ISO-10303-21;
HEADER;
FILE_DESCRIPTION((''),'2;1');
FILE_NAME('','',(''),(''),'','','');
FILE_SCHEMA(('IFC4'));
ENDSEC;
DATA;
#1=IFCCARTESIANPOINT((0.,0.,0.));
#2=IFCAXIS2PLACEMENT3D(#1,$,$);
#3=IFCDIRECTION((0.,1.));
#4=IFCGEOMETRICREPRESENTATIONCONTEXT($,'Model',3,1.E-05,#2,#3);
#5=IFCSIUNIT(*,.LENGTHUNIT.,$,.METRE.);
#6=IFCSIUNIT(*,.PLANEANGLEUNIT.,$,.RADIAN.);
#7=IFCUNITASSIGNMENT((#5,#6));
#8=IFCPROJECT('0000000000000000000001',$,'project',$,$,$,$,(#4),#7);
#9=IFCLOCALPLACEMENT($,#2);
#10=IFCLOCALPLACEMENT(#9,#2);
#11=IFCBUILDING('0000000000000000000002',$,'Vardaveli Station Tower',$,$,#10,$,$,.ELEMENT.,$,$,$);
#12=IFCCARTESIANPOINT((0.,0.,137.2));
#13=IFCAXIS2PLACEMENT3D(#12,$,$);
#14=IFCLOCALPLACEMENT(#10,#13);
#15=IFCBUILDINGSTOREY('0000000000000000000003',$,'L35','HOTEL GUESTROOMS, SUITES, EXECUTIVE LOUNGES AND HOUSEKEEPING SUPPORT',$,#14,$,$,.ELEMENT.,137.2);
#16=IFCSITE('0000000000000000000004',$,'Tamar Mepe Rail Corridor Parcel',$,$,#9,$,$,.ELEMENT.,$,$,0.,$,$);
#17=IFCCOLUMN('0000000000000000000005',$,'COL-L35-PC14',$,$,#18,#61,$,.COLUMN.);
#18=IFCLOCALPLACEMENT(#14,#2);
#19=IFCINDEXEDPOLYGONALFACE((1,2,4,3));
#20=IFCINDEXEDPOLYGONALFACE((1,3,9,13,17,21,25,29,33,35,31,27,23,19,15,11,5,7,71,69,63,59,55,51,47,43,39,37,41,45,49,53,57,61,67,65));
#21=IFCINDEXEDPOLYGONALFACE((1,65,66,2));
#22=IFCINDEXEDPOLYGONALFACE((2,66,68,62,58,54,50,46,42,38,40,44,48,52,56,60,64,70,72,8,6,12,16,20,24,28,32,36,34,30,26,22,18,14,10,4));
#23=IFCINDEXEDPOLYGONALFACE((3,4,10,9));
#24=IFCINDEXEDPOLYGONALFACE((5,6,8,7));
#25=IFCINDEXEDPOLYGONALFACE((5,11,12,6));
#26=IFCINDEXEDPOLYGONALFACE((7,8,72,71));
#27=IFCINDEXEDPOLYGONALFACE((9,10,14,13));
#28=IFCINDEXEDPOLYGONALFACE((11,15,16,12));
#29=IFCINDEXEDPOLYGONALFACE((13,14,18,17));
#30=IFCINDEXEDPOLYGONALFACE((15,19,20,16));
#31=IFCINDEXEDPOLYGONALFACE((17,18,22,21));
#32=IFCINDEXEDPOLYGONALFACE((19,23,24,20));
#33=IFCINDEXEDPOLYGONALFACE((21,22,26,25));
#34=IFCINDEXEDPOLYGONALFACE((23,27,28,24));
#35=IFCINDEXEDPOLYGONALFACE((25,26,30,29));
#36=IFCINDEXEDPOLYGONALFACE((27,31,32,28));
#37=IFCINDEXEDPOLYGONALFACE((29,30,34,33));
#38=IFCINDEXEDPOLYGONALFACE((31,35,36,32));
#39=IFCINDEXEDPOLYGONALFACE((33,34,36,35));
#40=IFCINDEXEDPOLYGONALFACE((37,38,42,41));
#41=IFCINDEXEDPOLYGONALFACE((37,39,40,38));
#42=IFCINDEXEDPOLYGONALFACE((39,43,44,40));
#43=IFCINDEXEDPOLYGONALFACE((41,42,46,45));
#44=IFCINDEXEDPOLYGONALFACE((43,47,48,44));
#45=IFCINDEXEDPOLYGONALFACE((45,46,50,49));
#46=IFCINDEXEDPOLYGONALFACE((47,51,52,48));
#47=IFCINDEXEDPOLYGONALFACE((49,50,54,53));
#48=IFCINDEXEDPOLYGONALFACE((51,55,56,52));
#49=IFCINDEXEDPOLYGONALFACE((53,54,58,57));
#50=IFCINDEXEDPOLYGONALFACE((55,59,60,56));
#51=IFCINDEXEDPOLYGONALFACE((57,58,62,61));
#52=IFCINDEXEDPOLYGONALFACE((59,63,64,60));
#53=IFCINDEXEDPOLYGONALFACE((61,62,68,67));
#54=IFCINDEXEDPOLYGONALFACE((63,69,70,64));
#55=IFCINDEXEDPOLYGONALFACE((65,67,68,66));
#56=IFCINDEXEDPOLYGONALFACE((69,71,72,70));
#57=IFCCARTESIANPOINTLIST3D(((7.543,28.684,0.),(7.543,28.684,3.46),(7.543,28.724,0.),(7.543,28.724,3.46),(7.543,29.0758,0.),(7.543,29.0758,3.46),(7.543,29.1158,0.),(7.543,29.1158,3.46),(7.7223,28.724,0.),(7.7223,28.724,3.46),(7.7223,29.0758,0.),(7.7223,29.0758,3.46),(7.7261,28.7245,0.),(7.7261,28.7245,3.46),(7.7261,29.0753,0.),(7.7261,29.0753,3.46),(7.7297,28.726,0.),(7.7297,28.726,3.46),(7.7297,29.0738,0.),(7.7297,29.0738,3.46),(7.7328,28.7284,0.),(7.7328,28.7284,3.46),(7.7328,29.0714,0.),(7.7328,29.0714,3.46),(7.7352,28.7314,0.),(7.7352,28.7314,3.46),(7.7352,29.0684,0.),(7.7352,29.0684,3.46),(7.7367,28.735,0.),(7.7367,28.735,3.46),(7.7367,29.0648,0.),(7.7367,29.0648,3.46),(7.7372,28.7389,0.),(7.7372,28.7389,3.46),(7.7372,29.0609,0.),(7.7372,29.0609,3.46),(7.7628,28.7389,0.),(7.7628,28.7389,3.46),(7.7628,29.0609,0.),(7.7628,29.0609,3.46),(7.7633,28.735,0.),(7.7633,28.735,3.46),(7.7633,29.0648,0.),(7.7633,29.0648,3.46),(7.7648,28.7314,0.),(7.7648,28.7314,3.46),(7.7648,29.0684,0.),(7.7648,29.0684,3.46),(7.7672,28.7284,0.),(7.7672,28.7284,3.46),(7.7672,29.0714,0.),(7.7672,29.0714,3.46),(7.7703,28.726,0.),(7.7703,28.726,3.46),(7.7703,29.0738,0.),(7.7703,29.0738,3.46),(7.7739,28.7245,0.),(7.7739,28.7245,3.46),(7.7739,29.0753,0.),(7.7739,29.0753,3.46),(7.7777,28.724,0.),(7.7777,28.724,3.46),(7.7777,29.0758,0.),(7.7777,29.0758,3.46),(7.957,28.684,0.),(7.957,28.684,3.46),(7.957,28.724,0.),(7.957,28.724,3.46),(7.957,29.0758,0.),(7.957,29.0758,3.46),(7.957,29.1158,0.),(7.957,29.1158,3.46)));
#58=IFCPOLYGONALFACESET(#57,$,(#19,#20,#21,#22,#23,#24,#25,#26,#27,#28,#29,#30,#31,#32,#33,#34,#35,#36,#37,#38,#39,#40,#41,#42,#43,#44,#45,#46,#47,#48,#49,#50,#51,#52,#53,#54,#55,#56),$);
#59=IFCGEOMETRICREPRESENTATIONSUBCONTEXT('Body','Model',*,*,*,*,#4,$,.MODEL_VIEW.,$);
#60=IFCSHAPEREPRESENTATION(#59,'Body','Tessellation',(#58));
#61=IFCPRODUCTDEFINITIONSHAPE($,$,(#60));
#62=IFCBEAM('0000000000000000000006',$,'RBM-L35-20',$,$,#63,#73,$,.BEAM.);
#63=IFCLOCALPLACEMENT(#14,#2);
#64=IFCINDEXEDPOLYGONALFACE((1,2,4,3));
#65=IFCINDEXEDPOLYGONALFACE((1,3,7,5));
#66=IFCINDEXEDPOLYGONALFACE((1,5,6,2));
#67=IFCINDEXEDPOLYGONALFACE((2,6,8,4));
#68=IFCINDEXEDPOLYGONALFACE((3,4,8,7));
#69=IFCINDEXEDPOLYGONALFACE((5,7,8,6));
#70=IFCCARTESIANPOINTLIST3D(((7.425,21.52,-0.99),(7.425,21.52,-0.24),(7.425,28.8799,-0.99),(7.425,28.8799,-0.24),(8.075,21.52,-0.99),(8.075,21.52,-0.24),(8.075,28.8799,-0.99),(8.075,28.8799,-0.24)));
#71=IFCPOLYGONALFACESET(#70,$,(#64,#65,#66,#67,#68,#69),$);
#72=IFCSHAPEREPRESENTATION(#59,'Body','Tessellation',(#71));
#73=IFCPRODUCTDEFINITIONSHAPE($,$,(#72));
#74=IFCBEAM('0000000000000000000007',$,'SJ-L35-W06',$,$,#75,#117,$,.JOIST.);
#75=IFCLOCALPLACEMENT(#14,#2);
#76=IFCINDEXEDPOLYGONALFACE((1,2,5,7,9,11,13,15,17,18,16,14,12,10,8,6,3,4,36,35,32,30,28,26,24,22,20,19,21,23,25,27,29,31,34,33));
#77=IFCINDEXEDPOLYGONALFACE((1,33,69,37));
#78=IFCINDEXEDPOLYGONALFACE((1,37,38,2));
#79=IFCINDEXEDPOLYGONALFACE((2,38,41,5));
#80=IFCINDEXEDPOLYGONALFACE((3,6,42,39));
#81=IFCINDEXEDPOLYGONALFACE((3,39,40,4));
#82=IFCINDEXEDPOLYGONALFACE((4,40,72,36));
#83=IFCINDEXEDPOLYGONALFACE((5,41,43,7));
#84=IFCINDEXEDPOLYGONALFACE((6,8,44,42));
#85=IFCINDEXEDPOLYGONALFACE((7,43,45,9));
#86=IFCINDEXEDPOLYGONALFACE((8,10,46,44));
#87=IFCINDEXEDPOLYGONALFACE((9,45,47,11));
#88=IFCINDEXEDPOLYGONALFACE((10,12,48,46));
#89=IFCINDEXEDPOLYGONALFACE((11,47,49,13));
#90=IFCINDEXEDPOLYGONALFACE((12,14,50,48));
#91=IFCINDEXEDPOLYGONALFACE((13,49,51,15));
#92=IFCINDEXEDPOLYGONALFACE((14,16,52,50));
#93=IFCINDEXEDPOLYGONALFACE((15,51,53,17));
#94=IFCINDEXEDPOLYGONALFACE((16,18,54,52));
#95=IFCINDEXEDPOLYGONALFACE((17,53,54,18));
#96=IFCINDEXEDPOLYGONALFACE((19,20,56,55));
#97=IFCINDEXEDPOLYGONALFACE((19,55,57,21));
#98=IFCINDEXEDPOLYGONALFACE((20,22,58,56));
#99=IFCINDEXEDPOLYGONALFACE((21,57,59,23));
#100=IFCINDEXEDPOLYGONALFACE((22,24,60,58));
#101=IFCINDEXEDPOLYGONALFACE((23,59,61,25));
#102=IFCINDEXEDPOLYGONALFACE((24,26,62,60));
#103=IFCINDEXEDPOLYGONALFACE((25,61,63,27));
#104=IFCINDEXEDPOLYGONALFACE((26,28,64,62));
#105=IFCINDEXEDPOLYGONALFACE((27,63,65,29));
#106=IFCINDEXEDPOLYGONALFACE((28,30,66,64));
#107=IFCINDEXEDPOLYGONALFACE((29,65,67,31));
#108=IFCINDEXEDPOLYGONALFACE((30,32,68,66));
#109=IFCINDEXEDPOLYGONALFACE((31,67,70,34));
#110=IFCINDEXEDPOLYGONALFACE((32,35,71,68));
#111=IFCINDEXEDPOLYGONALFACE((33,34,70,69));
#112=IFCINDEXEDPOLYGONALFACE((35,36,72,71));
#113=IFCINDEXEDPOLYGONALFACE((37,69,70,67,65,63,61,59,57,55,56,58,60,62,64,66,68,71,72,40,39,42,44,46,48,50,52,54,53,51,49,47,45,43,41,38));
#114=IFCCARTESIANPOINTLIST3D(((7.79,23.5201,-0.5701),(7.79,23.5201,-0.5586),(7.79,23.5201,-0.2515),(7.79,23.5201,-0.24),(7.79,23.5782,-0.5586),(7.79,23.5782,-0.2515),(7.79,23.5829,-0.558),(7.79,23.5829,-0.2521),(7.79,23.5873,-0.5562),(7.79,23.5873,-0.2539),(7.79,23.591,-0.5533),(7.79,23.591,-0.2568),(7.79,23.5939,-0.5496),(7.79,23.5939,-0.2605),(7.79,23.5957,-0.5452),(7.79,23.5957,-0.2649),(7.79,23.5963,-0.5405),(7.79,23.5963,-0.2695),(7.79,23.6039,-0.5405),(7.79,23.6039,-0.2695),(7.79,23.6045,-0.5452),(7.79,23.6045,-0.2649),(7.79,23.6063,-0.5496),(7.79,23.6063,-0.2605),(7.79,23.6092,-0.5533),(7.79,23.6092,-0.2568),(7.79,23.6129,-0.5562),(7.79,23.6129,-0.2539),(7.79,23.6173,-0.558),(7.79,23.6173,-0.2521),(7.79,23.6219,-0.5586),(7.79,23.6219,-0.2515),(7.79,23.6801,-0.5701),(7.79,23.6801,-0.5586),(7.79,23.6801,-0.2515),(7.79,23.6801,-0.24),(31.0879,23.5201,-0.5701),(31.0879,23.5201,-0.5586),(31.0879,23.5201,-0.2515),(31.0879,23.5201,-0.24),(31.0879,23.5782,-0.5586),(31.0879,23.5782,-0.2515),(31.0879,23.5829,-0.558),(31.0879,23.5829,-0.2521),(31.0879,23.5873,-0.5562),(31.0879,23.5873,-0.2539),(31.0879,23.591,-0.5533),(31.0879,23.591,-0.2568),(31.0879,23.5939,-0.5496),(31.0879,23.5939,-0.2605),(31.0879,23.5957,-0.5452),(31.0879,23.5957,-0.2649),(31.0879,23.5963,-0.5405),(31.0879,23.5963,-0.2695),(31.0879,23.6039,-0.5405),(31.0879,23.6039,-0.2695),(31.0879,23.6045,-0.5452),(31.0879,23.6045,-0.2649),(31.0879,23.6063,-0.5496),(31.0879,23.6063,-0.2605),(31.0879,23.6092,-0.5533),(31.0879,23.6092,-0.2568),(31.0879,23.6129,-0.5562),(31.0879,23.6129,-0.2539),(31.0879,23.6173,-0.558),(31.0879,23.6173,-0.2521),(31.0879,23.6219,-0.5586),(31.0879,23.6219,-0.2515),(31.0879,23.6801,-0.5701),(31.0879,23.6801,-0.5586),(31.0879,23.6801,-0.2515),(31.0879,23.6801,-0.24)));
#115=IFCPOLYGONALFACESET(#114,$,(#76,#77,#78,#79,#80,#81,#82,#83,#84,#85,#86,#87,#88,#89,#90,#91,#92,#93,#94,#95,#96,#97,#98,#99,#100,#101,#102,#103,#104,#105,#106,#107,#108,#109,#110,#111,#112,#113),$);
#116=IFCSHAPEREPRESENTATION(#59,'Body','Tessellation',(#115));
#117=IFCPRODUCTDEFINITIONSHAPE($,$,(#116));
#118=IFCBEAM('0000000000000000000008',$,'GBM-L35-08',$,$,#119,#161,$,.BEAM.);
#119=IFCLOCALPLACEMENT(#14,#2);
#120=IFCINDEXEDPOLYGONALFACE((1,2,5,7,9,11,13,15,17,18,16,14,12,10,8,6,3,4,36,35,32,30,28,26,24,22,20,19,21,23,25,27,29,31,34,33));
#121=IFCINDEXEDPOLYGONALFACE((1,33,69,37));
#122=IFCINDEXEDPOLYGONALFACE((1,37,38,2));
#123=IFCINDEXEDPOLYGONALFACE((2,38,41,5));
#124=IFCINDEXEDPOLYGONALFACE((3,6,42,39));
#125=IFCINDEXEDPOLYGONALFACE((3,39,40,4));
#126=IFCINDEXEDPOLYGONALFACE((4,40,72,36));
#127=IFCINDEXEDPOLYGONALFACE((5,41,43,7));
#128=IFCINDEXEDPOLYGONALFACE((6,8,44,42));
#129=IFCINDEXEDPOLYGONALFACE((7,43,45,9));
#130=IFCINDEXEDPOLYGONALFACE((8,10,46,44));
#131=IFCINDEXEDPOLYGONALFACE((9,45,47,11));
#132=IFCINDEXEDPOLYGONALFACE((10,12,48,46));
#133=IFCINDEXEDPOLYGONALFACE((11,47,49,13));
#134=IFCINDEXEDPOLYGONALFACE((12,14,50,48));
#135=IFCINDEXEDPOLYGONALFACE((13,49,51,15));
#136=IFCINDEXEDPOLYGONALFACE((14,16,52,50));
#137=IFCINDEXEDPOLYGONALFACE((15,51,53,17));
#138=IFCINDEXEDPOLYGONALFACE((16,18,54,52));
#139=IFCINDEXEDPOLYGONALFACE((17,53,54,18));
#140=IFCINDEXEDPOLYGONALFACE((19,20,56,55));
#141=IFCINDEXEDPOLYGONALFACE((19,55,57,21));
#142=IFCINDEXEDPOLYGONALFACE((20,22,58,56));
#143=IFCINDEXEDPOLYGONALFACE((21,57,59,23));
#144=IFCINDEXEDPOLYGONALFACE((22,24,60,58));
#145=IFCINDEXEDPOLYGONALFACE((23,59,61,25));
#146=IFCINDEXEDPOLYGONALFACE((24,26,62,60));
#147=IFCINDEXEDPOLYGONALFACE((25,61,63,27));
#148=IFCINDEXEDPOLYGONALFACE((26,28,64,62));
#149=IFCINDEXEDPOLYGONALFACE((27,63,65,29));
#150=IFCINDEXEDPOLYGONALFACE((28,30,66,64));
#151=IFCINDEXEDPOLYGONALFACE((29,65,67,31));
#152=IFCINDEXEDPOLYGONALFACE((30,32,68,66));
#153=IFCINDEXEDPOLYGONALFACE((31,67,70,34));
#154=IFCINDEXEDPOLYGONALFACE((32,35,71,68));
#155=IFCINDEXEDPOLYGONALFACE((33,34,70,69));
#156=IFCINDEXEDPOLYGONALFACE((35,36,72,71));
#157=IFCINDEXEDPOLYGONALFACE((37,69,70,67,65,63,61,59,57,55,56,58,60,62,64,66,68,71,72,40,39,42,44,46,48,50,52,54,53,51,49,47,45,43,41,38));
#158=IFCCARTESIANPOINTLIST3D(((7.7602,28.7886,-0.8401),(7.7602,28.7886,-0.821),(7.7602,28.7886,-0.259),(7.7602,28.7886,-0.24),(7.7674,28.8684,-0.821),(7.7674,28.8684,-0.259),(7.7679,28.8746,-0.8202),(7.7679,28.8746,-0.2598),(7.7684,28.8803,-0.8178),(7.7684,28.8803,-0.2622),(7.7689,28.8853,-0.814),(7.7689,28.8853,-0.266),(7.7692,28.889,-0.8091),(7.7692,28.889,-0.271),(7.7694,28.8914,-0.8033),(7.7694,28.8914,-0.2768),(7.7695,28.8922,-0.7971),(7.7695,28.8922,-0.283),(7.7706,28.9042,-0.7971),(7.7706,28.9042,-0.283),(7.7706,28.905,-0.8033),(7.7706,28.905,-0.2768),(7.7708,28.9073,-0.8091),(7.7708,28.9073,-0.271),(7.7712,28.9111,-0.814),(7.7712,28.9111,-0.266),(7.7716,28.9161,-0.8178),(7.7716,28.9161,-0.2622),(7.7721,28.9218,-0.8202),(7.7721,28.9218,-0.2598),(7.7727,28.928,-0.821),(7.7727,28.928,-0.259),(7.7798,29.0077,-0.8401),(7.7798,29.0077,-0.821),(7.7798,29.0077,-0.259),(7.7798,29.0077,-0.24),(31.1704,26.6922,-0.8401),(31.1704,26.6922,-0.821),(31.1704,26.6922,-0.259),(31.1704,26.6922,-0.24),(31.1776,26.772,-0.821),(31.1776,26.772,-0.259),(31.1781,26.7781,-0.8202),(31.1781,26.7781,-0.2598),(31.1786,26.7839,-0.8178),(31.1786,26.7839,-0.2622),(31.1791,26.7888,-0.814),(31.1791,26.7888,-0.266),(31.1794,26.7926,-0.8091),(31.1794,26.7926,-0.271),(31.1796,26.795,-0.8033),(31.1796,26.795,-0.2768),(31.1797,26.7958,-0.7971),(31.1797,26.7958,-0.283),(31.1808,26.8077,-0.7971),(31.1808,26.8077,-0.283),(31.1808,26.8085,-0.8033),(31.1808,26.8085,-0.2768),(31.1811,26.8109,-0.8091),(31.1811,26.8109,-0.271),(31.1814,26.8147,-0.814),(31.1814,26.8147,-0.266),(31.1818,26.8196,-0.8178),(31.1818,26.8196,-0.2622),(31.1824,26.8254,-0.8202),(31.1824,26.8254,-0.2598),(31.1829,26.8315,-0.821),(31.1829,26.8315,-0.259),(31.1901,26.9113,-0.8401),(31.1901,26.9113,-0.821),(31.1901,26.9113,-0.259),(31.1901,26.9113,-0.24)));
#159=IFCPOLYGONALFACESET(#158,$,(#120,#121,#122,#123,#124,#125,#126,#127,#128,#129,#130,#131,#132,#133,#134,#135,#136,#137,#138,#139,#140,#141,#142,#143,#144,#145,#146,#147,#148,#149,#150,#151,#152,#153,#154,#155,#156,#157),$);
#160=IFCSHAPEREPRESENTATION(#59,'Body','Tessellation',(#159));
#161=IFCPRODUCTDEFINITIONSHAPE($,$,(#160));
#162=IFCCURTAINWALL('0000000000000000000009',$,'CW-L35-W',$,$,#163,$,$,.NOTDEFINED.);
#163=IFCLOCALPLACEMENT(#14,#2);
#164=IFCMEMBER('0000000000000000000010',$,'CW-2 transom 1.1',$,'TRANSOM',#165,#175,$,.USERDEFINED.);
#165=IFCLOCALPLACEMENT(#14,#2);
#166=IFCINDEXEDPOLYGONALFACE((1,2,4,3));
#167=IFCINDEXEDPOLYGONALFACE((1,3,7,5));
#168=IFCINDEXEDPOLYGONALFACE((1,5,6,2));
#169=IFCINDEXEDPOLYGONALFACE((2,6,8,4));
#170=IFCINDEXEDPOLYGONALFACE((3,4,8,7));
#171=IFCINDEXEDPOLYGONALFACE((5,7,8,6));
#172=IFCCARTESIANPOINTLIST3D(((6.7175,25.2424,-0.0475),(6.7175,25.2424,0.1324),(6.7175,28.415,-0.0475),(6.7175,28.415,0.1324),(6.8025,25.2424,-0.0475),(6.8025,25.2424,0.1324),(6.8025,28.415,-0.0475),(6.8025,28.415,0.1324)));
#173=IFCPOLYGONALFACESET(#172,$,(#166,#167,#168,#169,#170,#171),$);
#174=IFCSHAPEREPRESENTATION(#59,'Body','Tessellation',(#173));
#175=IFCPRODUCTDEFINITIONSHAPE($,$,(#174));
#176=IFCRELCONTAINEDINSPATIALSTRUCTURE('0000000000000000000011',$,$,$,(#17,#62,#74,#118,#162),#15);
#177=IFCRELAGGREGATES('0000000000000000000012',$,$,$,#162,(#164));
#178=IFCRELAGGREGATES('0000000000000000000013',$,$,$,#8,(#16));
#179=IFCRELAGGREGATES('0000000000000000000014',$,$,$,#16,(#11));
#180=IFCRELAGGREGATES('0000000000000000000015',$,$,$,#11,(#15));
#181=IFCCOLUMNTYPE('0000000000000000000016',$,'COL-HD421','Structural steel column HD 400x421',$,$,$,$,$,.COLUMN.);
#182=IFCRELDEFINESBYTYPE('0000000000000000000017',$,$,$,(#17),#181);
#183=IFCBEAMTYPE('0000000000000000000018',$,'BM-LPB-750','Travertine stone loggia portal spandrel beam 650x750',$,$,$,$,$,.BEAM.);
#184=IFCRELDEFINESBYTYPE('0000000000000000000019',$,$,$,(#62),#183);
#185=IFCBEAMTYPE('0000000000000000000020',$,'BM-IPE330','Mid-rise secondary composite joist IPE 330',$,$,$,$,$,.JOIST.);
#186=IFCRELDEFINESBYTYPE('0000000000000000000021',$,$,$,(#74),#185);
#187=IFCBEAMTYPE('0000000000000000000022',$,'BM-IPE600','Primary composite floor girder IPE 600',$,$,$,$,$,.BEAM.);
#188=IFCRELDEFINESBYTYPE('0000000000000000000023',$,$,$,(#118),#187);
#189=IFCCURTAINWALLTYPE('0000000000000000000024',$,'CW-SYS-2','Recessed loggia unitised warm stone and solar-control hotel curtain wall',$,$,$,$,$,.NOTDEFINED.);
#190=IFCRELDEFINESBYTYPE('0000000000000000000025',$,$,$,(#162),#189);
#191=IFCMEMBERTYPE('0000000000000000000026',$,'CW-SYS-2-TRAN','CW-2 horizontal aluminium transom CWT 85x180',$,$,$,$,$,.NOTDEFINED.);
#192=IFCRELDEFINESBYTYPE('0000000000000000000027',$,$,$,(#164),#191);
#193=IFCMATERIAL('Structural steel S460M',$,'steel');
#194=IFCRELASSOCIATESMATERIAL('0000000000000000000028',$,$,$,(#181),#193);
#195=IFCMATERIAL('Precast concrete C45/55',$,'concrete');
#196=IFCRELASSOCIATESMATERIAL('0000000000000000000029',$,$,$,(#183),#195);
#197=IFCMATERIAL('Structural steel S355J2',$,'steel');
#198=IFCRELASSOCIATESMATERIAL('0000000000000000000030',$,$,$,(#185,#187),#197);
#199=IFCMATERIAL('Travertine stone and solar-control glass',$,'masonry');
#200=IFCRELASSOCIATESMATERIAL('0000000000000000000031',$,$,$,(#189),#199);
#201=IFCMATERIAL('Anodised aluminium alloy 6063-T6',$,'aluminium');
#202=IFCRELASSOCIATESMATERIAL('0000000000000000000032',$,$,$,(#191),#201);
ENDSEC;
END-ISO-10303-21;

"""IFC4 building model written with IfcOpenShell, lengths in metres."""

from ifc_helpers import new_model, si_unit, direction, frame, origin, origin_2d, place, context, subcontext, project, spatial, rectangle, i_section, extrude, source, transform, mapped, material, material_profile, profile_set, type_object, element, aggregate, save


model = new_model("IFC4")

# Units and contexts
model_context = context("Model", 3, precision=1e-05, world=origin(), true_north=direction((0.0, 1.0)))
body_context = subcontext(model_context, "Body", "Model", "MODEL_VIEW")
ifc_project = project(units=[si_unit("LENGTHUNIT", "METRE"), si_unit("PLANEANGLEUNIT", "RADIAN")], contexts=[model_context])

# Site, building, storey
site_placement = place(None, origin())
site = spatial("IfcSite", under=ifc_project, at=site_placement, Name="Tamar Mepe Rail Corridor Parcel", CompositionType="ELEMENT", RefElevation=0.0)
building_placement = place(site_placement, origin())
building = spatial("IfcBuilding", under=site, at=building_placement, Name="Vardaveli Station Tower", CompositionType="ELEMENT")
storey_placement = place(building_placement, frame((0.0, 0.0, 137.2)))
storey = spatial("IfcBuildingStorey", under=building, at=storey_placement, Name="L35", Description="HOTEL GUESTROOMS, SUITES, EXECUTIVE LOUNGES AND HOUSEKEEPING SUPPORT", CompositionType="ELEMENT", Elevation=137.2)

# Column
ifc_material_1 = material(Name="Structural steel S460M", Category="steel")
ifc_material_profile_1 = material_profile(ifc_material_1, i_section(OverallWidth=0.4141, OverallDepth=0.4319, WebThickness=0.0256, FlangeThickness=0.04, FilletRadius=0.0149, at=origin_2d()), Name="HD 400x421")
ifc_profile_set_1 = profile_set([ifc_material_profile_1], Name="Structural steel S460M")
column_type = type_object("IfcColumnType", Name="COL-HD421", Description="Structural steel column HD 400x421", PredefinedType="COLUMN", material=ifc_profile_set_1)
shared_shape_1 = source(origin(), body_context, "Body", "SweptSolid", [
    extrude(i_section(OverallWidth=0.4141, OverallDepth=0.4319, WebThickness=0.0256, FlangeThickness=0.04, FilletRadius=0.0149, at=origin_2d()), origin(), (0.0, 0.0, 1.0), 3.46),
])
column_placement = place(storey_placement, frame((7.75, 28.8999, 0.0), z_axis=(0.0, 0.0, 1.0), x_axis=(1.0, 0.0, 0.0)))
element("IfcColumn", 1, at=column_placement, inside=storey, type_object=column_type, Name="COL-L35-PC14", PredefinedType="COLUMN", context=body_context, shape_type="MappedRepresentation", body=[
    mapped(shared_shape_1, transform((0.0, 0.0, 0.0), scale=1.0)),
])

# Beams
ifc_material_2 = material(Name="Precast concrete C45/55", Category="concrete")
ifc_material_profile_2 = material_profile(ifc_material_2, rectangle(XDim=0.6499, YDim=0.75, at=origin_2d()), Name="LPB 650x750")
ifc_profile_set_2 = profile_set([ifc_material_profile_2], Name="Precast concrete C45/55")
beam_type_1 = type_object("IfcBeamType", Name="BM-LPB-750", Description="Travertine stone loggia portal spandrel beam 650x750", PredefinedType="BEAM", material=ifc_profile_set_2)
shared_shape_2 = source(origin(), body_context, "Body", "SweptSolid", [
    extrude(rectangle(XDim=0.6499, YDim=0.75, at=origin_2d()), origin(), (0.0, 0.0, 1.0), 7.3599),
])
beam_1_placement = place(storey_placement, frame((7.75, 28.8799, -0.615), z_axis=(0.0, -1.0, 0.0), x_axis=(1.0, 0.0, 0.0)))
element("IfcBeam", 2, at=beam_1_placement, inside=storey, type_object=beam_type_1, Name="RBM-L35-20", PredefinedType="BEAM", context=body_context, shape_type="MappedRepresentation", body=[
    mapped(shared_shape_2, transform((0.0, 0.0, 0.0), scale=1.0)),
])
ifc_material_3 = material(Name="Structural steel S355J2", Category="steel")
ifc_material_profile_3 = material_profile(ifc_material_3, i_section(OverallWidth=0.1599, OverallDepth=0.3301, WebThickness=0.0076, FlangeThickness=0.0115, FilletRadius=0.0181, at=origin_2d()), Name="IPE 330")
ifc_profile_set_3 = profile_set([ifc_material_profile_3], Name="Structural steel S355J2")
beam_type_2 = type_object("IfcBeamType", Name="BM-IPE330", Description="Mid-rise secondary composite joist IPE 330", PredefinedType="JOIST", material=ifc_profile_set_3)
shared_shape_3 = source(origin(), body_context, "Body", "SweptSolid", [
    extrude(i_section(OverallWidth=0.1599, OverallDepth=0.3301, WebThickness=0.0076, FlangeThickness=0.0115, FilletRadius=0.0181, at=origin_2d()), origin(), (0.0, 0.0, 1.0), 23.2979),
])
beam_2_placement = place(storey_placement, frame((7.79, 23.6001, -0.405), z_axis=(1.0, 0.0, 0.0), x_axis=(0.0, 1.0, 0.0)))
element("IfcBeam", 3, at=beam_2_placement, inside=storey, type_object=beam_type_2, Name="SJ-L35-W06", PredefinedType="JOIST", context=body_context, shape_type="MappedRepresentation", body=[
    mapped(shared_shape_3, transform((0.0, 0.0, 0.0), scale=1.0)),
])
ifc_material_profile_4 = material_profile(ifc_material_3, i_section(OverallWidth=0.22, OverallDepth=0.6001, WebThickness=0.012, FlangeThickness=0.019, FilletRadius=0.0239, at=origin_2d()), Name="IPE 600")
ifc_profile_set_4 = profile_set([ifc_material_profile_4], Name="Structural steel S355J2")
beam_type_3 = type_object("IfcBeamType", Name="BM-IPE600", Description="Primary composite floor girder IPE 600", PredefinedType="BEAM", material=ifc_profile_set_4)
shared_shape_4 = source(origin(), body_context, "Body", "SweptSolid", [
    extrude(i_section(OverallWidth=0.22, OverallDepth=0.6001, WebThickness=0.012, FlangeThickness=0.019, FilletRadius=0.0239, at=origin_2d()), origin(), (0.0, 0.0, 1.0), 23.5039),
])
beam_3_placement = place(storey_placement, frame((7.77, 28.8982, -0.54), z_axis=(0.996014, -0.089195, 0.0), x_axis=(0.089195, 0.996014, 0.0)))
element("IfcBeam", 4, at=beam_3_placement, inside=storey, type_object=beam_type_3, Name="GBM-L35-08", PredefinedType="BEAM", context=body_context, shape_type="MappedRepresentation", body=[
    mapped(shared_shape_4, transform((0.0, 0.0, 0.0), scale=1.0)),
])

# Curtain wall, member
ifc_material_4 = material(Name="Travertine stone and solar-control glass", Category="masonry")
curtain_wall_type = type_object("IfcCurtainWallType", Name="CW-SYS-2", Description="Recessed loggia unitised warm stone and solar-control hotel curtain wall", PredefinedType="NOTDEFINED", material=ifc_material_4)
curtain_wall_placement = place(storey_placement, origin())
curtain_wall = element("IfcCurtainWall", 5, at=curtain_wall_placement, inside=storey, type_object=curtain_wall_type, Name="CW-L35-W", PredefinedType="NOTDEFINED")
ifc_material_5 = material(Name="Anodised aluminium alloy 6063-T6", Category="aluminium")
ifc_material_profile_5 = material_profile(ifc_material_5, rectangle(XDim=0.085, YDim=0.1799, at=origin_2d()), Name="CWT 85x180")
ifc_profile_set_5 = profile_set([ifc_material_profile_5], Name="Anodised aluminium alloy 6063-T6")
member_type_1 = type_object("IfcMemberType", Name="CW-SYS-2-TRAN", Description="CW-2 horizontal aluminium transom CWT 85x180", PredefinedType="NOTDEFINED", material=ifc_profile_set_5)
shared_shape_5 = source(origin(), body_context, "Body", "SweptSolid", [
    extrude(rectangle(XDim=0.085, YDim=0.1799, at=origin_2d()), origin(), (0.0, 0.0, 1.0), 3.1726),
])
member_1_placement = place(storey_placement, frame((6.76, 28.415, 0.0425), z_axis=(0.0, -1.0, 0.0), x_axis=(1.0, 0.0, 0.0)))
member_1 = element("IfcMember", 6, at=member_1_placement, type_object=member_type_1, Name="CW-2 transom 1.1", ObjectType="TRANSOM", PredefinedType="USERDEFINED", context=body_context, shape_type="MappedRepresentation", body=[
    mapped(shared_shape_5, transform((0.0, 0.0, 0.0), scale=1.0)),
])
aggregate(curtain_wall, [member_1])

save(model, "model.ifc")
